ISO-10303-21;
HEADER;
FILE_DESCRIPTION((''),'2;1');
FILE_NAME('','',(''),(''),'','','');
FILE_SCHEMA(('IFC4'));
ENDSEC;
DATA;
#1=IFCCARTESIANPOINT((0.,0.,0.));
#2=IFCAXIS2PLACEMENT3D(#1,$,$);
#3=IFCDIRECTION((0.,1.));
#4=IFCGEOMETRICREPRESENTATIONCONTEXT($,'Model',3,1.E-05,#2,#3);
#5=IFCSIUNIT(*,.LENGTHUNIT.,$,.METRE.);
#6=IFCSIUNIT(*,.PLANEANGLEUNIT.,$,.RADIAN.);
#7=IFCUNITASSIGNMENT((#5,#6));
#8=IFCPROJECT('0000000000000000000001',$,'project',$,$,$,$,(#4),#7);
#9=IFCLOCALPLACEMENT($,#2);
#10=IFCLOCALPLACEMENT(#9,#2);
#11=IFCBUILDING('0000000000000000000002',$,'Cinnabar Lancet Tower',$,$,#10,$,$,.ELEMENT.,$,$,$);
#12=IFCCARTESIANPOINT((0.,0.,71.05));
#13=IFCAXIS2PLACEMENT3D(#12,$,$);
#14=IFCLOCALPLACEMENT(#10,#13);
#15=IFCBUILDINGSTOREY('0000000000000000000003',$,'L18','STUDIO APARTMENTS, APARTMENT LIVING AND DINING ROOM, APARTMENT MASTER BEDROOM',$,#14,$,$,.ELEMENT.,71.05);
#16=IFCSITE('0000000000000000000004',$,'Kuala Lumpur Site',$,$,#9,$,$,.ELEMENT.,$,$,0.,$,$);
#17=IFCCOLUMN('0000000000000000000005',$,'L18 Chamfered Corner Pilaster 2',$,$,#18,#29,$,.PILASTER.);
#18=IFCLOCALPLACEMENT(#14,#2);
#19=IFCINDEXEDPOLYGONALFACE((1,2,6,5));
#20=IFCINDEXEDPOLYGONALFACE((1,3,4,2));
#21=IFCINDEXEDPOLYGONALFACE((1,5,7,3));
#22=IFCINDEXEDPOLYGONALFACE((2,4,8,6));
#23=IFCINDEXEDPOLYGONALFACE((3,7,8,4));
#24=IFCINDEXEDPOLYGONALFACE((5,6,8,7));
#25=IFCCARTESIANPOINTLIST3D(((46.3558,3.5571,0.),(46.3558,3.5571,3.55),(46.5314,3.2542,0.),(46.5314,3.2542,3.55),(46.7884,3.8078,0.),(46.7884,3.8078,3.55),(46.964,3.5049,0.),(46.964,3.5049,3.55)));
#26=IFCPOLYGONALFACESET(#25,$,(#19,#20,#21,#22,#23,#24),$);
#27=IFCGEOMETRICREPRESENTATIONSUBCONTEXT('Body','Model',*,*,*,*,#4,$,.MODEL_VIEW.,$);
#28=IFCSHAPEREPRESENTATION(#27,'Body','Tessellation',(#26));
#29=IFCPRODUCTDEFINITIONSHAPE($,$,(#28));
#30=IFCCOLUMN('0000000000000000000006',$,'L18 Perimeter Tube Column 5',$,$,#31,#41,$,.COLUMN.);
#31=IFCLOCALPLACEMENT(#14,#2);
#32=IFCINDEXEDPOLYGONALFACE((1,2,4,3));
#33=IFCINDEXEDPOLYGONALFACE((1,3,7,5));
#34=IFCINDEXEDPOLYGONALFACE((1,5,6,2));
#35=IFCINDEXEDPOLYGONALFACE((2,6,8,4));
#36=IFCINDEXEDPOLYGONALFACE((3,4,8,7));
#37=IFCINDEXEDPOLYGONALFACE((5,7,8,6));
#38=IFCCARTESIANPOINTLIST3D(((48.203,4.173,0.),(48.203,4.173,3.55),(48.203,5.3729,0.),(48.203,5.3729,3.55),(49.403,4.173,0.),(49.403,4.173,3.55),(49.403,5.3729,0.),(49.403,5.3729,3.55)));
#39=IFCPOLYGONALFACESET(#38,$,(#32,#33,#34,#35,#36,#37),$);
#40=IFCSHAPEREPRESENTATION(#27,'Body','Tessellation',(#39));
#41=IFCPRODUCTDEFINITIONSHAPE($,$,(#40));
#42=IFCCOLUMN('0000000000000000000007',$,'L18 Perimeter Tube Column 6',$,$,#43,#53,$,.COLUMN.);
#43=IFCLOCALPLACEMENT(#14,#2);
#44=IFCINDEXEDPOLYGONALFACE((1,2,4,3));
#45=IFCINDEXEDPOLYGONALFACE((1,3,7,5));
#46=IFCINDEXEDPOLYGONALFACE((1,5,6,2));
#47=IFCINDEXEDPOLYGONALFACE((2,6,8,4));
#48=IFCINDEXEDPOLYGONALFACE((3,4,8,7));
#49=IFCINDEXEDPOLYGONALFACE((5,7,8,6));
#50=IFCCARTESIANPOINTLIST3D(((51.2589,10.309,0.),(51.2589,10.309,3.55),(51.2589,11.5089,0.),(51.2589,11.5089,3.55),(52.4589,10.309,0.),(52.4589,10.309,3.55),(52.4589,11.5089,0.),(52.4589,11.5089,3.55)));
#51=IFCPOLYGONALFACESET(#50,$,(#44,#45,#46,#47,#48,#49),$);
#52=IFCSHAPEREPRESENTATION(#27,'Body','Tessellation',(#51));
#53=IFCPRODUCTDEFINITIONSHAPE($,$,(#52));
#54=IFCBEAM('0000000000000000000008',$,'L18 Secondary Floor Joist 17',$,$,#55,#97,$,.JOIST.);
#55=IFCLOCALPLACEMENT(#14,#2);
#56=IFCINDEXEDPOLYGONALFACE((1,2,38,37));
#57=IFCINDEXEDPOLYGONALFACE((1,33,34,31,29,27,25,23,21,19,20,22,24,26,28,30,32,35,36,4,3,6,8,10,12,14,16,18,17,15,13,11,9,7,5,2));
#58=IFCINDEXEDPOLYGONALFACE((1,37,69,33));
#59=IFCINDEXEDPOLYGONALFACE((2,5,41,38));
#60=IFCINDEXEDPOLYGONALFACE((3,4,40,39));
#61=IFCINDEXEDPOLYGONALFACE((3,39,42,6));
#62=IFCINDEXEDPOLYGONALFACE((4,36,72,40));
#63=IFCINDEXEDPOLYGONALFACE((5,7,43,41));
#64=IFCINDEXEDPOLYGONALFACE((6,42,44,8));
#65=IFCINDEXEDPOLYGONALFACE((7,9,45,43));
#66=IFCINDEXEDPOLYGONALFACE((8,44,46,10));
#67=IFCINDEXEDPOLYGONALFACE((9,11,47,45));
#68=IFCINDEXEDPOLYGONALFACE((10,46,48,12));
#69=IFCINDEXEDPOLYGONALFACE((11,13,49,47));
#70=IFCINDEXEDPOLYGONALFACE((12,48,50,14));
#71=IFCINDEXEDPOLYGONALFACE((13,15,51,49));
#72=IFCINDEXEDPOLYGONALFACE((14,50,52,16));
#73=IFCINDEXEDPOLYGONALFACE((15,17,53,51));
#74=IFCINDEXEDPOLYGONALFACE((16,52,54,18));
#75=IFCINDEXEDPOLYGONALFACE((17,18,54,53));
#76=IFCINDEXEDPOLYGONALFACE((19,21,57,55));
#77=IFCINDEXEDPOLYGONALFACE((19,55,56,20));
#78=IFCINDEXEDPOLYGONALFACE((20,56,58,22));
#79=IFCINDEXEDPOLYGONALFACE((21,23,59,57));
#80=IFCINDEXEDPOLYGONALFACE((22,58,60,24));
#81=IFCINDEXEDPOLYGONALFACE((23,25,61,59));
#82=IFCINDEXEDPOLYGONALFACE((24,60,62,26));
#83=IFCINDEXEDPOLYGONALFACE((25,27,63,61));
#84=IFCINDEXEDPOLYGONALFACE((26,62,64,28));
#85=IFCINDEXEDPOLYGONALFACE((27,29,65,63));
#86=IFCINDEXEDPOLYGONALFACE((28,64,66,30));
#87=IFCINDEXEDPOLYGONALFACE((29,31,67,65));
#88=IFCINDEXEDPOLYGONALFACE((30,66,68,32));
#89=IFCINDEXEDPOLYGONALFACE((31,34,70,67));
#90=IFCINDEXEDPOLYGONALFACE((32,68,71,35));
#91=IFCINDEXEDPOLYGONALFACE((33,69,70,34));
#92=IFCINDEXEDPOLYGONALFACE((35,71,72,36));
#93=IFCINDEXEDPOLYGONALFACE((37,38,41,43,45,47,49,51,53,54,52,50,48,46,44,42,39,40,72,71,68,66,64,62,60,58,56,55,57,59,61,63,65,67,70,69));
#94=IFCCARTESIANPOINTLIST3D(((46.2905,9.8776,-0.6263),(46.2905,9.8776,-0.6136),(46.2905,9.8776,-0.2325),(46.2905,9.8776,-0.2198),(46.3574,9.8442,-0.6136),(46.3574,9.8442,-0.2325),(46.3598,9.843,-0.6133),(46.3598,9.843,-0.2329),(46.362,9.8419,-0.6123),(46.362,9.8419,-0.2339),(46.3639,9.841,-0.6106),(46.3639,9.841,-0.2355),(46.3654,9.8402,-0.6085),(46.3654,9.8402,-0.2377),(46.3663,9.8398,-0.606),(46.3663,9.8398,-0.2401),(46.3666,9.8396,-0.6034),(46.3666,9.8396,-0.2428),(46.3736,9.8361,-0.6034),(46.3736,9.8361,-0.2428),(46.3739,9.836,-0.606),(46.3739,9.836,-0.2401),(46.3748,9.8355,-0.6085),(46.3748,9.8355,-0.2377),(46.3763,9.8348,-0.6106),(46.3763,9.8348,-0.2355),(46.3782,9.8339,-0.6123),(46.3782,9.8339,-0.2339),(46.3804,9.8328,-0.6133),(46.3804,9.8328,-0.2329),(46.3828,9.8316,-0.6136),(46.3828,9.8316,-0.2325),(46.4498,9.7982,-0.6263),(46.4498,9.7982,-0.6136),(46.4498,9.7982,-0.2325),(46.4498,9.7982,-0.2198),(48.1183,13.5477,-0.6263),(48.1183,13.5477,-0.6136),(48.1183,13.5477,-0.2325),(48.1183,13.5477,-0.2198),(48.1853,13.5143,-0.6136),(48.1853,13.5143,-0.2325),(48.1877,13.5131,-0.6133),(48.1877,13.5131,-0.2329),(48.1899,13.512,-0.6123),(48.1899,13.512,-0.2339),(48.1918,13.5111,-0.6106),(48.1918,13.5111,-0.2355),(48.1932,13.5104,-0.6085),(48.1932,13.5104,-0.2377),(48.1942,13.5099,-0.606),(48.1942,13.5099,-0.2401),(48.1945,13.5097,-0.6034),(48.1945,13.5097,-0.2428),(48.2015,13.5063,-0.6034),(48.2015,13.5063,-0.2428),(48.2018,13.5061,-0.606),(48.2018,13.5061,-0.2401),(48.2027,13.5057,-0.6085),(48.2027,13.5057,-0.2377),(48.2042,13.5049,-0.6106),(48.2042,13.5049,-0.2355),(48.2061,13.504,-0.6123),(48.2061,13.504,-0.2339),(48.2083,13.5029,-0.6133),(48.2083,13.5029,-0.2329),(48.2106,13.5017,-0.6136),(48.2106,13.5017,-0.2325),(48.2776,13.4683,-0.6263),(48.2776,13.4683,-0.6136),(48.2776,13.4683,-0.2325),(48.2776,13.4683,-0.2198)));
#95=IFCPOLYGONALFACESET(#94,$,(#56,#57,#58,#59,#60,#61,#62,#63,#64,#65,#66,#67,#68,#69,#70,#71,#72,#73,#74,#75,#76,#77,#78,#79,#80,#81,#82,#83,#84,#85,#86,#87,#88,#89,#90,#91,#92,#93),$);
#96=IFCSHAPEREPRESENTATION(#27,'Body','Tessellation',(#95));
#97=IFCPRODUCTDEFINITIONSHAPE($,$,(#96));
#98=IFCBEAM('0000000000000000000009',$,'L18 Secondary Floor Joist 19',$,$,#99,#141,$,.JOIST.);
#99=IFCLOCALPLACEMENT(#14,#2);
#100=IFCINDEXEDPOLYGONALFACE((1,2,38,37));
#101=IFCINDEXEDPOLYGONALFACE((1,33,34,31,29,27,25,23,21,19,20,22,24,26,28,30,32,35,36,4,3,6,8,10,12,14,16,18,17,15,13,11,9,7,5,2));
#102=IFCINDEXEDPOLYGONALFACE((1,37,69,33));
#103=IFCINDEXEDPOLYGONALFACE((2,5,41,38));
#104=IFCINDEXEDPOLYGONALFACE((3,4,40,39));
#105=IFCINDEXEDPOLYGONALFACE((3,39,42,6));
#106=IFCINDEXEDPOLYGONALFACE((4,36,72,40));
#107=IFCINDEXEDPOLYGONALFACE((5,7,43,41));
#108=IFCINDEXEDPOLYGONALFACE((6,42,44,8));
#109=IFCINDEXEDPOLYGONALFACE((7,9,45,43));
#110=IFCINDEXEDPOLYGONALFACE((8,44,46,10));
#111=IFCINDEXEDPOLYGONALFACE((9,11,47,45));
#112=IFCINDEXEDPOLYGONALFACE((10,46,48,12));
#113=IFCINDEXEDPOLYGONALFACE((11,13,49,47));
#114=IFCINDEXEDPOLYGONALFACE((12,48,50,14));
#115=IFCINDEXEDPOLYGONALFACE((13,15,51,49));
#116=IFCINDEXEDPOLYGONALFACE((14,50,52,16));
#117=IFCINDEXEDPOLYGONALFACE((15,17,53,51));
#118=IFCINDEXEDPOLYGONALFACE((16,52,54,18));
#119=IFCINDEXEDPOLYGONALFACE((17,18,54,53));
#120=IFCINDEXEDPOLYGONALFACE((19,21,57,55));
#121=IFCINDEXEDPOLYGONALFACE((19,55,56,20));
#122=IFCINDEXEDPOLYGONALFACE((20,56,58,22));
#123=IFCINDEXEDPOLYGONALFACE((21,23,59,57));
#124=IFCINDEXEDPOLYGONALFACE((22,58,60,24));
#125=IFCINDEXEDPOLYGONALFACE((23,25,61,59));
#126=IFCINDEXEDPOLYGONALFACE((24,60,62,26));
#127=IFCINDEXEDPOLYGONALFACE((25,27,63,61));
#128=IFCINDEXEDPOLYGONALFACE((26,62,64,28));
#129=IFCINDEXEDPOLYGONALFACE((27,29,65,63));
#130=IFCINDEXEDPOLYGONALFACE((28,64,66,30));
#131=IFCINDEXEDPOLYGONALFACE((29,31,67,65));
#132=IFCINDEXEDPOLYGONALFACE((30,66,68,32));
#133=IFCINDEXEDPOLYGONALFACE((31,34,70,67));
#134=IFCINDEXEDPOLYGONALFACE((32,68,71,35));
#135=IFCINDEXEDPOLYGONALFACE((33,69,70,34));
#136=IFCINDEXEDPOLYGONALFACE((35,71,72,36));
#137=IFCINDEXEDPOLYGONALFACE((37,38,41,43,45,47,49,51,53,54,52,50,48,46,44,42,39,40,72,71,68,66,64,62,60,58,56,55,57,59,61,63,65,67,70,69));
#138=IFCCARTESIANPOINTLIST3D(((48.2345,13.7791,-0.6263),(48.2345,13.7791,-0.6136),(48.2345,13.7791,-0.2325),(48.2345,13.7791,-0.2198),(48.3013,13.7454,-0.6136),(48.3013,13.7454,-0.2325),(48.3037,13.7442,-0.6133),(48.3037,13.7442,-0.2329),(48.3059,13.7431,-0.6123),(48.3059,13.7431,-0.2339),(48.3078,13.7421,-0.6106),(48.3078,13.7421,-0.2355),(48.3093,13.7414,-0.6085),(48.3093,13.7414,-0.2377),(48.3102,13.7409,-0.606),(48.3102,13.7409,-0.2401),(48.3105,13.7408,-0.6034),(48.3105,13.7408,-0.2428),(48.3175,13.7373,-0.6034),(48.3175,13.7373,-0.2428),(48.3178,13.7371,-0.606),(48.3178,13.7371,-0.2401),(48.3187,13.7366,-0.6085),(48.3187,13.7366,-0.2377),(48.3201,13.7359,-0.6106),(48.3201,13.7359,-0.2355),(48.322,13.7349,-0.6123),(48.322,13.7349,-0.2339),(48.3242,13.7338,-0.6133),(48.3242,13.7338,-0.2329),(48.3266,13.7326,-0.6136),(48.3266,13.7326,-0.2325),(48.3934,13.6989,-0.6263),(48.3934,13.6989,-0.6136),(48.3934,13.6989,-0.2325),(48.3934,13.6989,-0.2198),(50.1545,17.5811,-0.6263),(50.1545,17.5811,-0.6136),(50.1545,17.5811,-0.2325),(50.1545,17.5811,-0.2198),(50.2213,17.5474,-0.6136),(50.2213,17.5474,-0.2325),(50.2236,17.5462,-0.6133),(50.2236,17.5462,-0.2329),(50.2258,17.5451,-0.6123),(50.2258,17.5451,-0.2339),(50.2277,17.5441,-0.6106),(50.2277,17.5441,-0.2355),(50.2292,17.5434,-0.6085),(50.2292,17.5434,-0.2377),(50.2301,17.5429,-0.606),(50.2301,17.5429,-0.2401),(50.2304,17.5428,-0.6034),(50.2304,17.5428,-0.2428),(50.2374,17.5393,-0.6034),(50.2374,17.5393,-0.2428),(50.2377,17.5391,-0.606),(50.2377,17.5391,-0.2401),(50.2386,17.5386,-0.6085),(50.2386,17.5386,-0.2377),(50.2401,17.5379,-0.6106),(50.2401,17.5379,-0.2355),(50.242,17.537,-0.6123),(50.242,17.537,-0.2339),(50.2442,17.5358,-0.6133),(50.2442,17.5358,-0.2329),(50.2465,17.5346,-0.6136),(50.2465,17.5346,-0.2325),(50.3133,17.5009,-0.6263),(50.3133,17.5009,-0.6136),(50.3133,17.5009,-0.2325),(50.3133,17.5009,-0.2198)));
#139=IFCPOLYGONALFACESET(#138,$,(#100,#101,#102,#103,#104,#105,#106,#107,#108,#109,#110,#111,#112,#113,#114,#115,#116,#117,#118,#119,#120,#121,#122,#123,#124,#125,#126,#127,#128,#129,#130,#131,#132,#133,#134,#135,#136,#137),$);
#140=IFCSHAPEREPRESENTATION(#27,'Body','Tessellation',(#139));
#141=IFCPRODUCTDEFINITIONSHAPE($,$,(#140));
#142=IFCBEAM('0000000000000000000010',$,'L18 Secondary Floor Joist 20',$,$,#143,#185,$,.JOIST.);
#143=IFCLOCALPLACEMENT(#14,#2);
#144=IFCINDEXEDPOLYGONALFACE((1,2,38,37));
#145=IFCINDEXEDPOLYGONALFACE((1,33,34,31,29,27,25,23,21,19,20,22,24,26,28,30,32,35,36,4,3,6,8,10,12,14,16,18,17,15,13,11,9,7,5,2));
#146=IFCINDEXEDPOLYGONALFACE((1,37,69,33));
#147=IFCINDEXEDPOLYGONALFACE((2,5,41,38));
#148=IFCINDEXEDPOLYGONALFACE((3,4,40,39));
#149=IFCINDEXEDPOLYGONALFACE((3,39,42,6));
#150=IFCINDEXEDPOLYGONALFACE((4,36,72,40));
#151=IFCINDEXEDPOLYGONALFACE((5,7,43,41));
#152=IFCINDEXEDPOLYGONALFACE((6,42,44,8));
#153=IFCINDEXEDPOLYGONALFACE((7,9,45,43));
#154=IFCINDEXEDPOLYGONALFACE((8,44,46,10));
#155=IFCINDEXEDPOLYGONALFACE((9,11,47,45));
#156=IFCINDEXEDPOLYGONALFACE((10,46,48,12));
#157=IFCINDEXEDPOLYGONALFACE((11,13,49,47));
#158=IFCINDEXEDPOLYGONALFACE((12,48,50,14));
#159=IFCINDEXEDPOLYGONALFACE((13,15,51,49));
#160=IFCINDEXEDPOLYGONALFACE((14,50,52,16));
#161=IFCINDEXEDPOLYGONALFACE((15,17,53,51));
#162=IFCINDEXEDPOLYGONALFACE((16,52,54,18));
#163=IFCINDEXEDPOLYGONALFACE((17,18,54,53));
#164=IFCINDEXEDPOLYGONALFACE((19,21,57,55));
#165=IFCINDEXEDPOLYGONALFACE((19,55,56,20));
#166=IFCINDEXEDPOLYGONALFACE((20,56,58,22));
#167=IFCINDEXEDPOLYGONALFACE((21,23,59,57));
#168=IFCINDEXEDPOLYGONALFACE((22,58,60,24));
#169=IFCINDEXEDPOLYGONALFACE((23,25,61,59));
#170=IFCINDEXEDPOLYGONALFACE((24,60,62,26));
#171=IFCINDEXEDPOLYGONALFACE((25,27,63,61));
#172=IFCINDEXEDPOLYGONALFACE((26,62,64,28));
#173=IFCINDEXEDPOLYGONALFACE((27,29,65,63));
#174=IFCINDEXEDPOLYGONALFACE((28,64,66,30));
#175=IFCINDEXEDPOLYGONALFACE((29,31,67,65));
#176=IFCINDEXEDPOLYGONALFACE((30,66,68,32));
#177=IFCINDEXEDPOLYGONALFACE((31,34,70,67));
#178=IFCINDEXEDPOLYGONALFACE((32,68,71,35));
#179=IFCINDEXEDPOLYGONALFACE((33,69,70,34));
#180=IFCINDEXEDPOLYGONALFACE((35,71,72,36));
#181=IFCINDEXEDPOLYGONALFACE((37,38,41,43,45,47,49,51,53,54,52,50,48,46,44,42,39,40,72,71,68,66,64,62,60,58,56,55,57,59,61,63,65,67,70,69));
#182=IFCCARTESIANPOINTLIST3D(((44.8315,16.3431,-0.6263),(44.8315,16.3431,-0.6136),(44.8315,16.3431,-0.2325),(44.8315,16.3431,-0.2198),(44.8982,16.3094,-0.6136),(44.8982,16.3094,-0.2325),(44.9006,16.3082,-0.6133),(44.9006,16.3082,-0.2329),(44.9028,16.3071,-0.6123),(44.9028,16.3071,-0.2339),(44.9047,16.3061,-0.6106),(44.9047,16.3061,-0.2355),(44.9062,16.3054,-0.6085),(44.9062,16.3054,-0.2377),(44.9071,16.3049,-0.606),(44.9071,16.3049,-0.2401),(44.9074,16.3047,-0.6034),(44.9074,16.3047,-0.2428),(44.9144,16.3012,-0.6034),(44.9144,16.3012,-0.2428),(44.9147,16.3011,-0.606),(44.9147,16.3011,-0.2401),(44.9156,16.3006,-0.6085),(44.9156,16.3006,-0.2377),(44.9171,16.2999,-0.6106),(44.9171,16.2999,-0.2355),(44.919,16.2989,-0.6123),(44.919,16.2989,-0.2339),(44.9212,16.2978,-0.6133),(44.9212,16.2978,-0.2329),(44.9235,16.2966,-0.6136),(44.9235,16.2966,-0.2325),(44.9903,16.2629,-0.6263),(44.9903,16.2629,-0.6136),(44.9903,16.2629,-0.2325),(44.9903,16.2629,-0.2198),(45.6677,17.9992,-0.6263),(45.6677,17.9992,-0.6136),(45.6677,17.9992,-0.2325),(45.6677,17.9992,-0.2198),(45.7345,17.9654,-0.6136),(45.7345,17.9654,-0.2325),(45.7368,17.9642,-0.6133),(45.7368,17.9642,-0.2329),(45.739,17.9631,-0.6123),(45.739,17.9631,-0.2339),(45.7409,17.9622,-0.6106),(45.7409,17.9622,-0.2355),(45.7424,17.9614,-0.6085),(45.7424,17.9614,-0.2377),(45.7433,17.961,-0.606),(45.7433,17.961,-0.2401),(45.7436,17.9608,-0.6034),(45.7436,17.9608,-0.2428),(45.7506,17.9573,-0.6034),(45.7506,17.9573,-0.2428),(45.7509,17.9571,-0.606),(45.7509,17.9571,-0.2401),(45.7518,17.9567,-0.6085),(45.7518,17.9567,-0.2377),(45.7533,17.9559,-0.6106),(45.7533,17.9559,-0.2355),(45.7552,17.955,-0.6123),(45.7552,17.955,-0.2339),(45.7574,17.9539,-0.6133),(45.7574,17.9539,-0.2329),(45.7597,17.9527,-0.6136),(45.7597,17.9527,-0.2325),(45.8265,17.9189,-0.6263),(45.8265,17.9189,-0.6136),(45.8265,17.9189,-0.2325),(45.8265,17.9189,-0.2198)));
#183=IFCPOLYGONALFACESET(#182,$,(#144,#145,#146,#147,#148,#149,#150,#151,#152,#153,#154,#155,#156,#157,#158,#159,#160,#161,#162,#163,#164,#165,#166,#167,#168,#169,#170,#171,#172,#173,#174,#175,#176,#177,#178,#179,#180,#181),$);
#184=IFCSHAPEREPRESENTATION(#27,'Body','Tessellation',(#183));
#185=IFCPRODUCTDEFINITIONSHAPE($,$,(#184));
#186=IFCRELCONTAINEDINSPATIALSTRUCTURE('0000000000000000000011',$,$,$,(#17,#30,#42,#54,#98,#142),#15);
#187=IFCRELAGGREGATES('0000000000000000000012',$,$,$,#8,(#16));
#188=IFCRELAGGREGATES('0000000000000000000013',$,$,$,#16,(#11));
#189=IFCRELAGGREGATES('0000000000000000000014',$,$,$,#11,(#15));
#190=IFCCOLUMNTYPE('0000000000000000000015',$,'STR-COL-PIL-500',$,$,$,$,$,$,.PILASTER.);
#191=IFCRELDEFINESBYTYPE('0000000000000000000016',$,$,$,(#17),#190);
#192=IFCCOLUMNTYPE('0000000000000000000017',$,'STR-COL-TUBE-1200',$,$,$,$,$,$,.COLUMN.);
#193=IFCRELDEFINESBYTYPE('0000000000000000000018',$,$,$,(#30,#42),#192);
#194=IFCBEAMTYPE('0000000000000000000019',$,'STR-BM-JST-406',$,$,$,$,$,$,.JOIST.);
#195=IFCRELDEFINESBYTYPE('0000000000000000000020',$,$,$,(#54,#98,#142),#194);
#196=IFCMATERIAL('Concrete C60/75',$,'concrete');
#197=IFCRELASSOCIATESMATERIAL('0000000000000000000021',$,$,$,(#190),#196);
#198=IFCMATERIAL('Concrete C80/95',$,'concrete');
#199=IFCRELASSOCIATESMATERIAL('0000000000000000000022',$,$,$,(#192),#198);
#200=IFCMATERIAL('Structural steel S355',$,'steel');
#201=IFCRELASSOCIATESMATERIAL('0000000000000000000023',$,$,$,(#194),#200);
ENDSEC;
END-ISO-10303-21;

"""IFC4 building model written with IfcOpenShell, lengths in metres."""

from ifc_helpers import new_model, si_unit, direction, frame, origin, origin_2d, place, context, subcontext, project, spatial, rectangle, i_section, extrude, material, material_profile, profile_set, type_object, element, save


model = new_model("IFC4")

# Units and contexts
model_context = context("Model", 3, precision=1e-05, world=origin(), true_north=direction((0.0, 1.0)))
body_context = subcontext(model_context, "Body", "Model", "MODEL_VIEW")
ifc_project = project(units=[si_unit("LENGTHUNIT", "METRE"), si_unit("PLANEANGLEUNIT", "RADIAN")], contexts=[model_context])

# Site, building, storey
site_placement = place(None, origin())
site = spatial("IfcSite", under=ifc_project, at=site_placement, Name="Kuala Lumpur Site", CompositionType="ELEMENT", RefElevation=0.0)
building_placement = place(site_placement, origin())
building = spatial("IfcBuilding", under=site, at=building_placement, Name="Cinnabar Lancet Tower", CompositionType="ELEMENT")
storey_placement = place(building_placement, frame((0.0, 0.0, 71.05)))
storey = spatial("IfcBuildingStorey", under=building, at=storey_placement, Name="L18", Description="STUDIO APARTMENTS, APARTMENT LIVING AND DINING ROOM, APARTMENT MASTER BEDROOM", CompositionType="ELEMENT", Elevation=71.05)

# Columns
ifc_material_1 = material(Name="Concrete C60/75", Category="concrete")
ifc_material_profile_1 = material_profile(ifc_material_1, rectangle(XDim=0.5, YDim=0.3501, at=origin_2d()), Name="RC-PIL 500x350")
ifc_profile_set_1 = profile_set([ifc_material_profile_1], Name="Concrete C60/75")
column_type_1 = type_object("IfcColumnType", Name="STR-COL-PIL-500", PredefinedType="PILASTER", material=ifc_profile_set_1)
column_placement = place(storey_placement, frame((46.6599, 3.531, 0.0), z_axis=(0.0, 0.0, 1.0), x_axis=(0.865195, 0.501435, 0.0)))
element("IfcColumn", 1, at=column_placement, inside=storey, type_object=column_type_1, Name="L18 Chamfered Corner Pilaster 2", PredefinedType="PILASTER", context=body_context, shape_type="SweptSolid", body=[
    extrude(rectangle(XDim=0.5, YDim=0.3501, at=origin_2d()), origin(), (0.0, 0.0, 1.0), 3.55),
])
ifc_material_2 = material(Name="Concrete C80/95", Category="concrete")
ifc_material_profile_2 = material_profile(ifc_material_2, rectangle(XDim=1.2, YDim=1.2, at=origin_2d()), Name="RC-COL 1200x1200")
ifc_profile_set_2 = profile_set([ifc_material_profile_2], Name="Concrete C80/95")
column_type_2 = type_object("IfcColumnType", Name="STR-COL-TUBE-1200", PredefinedType="COLUMN", material=ifc_profile_set_2)
for number, where, z_axis, x_axis, name in (
    (2, (48.803, 4.7729, 0.0), (0.0, 0.0, 1.0), (1.0, 0.0, 0.0), "L18 Perimeter Tube Column 5"),
    (3, (51.8589, 10.9089, 0.0), (0.0, 0.0, 1.0), (1.0, 0.0, 0.0), "L18 Perimeter Tube Column 6"),
):
    element("IfcColumn", number, at=place(storey_placement, frame(where, z_axis=z_axis, x_axis=x_axis)), inside=storey, type_object=column_type_2, Name=name, PredefinedType="COLUMN", context=body_context, shape_type="SweptSolid", body=[
        extrude(rectangle(XDim=1.2, YDim=1.2, at=origin_2d()), origin(), (0.0, 0.0, 1.0), 3.55),
    ])

# Beams
ifc_material_3 = material(Name="Structural steel S355", Category="steel")
ifc_material_profile_3 = material_profile(ifc_material_3, i_section(OverallWidth=0.178, OverallDepth=0.4065, WebThickness=0.0078, FlangeThickness=0.0127, FilletRadius=0.0103, at=origin_2d()), Name="UKB 406x178x60")
ifc_profile_set_3 = profile_set([ifc_material_profile_3], Name="Structural steel S355")
beam_type_1 = type_object("IfcBeamType", Name="STR-BM-JST-406", PredefinedType="JOIST", material=ifc_profile_set_3)
beam_1_placement = place(storey_placement, frame((46.3701, 9.8379, -0.4231), z_axis=(0.445808, 0.895129, 0.0), x_axis=(-0.895129, 0.445808, 0.0)))
element("IfcBeam", 4, at=beam_1_placement, inside=storey, type_object=beam_type_1, Name="L18 Secondary Floor Joist 17", PredefinedType="JOIST", context=body_context, shape_type="SweptSolid", body=[
    extrude(i_section(OverallWidth=0.178, OverallDepth=0.4065, WebThickness=0.0078, FlangeThickness=0.0127, FilletRadius=0.0103, at=origin_2d()), origin(), (0.0, 0.0, 1.0), 4.1001),
])
beam_2_placement = place(storey_placement, frame((48.314, 13.739, -0.4231), z_axis=(0.450764, 0.892643, 0.0), x_axis=(-0.892643, 0.450764, 0.0)))
element("IfcBeam", 5, at=beam_2_placement, inside=storey, type_object=beam_type_1, Name="L18 Secondary Floor Joist 19", PredefinedType="JOIST", context=body_context, shape_type="SweptSolid", body=[
    extrude(i_section(OverallWidth=0.178, OverallDepth=0.4065, WebThickness=0.0078, FlangeThickness=0.0127, FilletRadius=0.0103, at=origin_2d()), origin(), (0.0, 0.0, 1.0), 4.2593),
])
beam_3_placement = place(storey_placement, frame((44.9109, 16.303, -0.4231), z_axis=(0.450737, 0.892657, 0.0), x_axis=(-0.892657, 0.450737, 0.0)))
element("IfcBeam", 6, at=beam_3_placement, inside=storey, type_object=beam_type_1, Name="L18 Secondary Floor Joist 20", PredefinedType="JOIST", context=body_context, shape_type="SweptSolid", body=[
    extrude(i_section(OverallWidth=0.178, OverallDepth=0.4065, WebThickness=0.0078, FlangeThickness=0.0127, FilletRadius=0.0103, at=origin_2d()), origin(), (0.0, 0.0, 1.0), 1.8552),
])

save(model, "model.ifc")
